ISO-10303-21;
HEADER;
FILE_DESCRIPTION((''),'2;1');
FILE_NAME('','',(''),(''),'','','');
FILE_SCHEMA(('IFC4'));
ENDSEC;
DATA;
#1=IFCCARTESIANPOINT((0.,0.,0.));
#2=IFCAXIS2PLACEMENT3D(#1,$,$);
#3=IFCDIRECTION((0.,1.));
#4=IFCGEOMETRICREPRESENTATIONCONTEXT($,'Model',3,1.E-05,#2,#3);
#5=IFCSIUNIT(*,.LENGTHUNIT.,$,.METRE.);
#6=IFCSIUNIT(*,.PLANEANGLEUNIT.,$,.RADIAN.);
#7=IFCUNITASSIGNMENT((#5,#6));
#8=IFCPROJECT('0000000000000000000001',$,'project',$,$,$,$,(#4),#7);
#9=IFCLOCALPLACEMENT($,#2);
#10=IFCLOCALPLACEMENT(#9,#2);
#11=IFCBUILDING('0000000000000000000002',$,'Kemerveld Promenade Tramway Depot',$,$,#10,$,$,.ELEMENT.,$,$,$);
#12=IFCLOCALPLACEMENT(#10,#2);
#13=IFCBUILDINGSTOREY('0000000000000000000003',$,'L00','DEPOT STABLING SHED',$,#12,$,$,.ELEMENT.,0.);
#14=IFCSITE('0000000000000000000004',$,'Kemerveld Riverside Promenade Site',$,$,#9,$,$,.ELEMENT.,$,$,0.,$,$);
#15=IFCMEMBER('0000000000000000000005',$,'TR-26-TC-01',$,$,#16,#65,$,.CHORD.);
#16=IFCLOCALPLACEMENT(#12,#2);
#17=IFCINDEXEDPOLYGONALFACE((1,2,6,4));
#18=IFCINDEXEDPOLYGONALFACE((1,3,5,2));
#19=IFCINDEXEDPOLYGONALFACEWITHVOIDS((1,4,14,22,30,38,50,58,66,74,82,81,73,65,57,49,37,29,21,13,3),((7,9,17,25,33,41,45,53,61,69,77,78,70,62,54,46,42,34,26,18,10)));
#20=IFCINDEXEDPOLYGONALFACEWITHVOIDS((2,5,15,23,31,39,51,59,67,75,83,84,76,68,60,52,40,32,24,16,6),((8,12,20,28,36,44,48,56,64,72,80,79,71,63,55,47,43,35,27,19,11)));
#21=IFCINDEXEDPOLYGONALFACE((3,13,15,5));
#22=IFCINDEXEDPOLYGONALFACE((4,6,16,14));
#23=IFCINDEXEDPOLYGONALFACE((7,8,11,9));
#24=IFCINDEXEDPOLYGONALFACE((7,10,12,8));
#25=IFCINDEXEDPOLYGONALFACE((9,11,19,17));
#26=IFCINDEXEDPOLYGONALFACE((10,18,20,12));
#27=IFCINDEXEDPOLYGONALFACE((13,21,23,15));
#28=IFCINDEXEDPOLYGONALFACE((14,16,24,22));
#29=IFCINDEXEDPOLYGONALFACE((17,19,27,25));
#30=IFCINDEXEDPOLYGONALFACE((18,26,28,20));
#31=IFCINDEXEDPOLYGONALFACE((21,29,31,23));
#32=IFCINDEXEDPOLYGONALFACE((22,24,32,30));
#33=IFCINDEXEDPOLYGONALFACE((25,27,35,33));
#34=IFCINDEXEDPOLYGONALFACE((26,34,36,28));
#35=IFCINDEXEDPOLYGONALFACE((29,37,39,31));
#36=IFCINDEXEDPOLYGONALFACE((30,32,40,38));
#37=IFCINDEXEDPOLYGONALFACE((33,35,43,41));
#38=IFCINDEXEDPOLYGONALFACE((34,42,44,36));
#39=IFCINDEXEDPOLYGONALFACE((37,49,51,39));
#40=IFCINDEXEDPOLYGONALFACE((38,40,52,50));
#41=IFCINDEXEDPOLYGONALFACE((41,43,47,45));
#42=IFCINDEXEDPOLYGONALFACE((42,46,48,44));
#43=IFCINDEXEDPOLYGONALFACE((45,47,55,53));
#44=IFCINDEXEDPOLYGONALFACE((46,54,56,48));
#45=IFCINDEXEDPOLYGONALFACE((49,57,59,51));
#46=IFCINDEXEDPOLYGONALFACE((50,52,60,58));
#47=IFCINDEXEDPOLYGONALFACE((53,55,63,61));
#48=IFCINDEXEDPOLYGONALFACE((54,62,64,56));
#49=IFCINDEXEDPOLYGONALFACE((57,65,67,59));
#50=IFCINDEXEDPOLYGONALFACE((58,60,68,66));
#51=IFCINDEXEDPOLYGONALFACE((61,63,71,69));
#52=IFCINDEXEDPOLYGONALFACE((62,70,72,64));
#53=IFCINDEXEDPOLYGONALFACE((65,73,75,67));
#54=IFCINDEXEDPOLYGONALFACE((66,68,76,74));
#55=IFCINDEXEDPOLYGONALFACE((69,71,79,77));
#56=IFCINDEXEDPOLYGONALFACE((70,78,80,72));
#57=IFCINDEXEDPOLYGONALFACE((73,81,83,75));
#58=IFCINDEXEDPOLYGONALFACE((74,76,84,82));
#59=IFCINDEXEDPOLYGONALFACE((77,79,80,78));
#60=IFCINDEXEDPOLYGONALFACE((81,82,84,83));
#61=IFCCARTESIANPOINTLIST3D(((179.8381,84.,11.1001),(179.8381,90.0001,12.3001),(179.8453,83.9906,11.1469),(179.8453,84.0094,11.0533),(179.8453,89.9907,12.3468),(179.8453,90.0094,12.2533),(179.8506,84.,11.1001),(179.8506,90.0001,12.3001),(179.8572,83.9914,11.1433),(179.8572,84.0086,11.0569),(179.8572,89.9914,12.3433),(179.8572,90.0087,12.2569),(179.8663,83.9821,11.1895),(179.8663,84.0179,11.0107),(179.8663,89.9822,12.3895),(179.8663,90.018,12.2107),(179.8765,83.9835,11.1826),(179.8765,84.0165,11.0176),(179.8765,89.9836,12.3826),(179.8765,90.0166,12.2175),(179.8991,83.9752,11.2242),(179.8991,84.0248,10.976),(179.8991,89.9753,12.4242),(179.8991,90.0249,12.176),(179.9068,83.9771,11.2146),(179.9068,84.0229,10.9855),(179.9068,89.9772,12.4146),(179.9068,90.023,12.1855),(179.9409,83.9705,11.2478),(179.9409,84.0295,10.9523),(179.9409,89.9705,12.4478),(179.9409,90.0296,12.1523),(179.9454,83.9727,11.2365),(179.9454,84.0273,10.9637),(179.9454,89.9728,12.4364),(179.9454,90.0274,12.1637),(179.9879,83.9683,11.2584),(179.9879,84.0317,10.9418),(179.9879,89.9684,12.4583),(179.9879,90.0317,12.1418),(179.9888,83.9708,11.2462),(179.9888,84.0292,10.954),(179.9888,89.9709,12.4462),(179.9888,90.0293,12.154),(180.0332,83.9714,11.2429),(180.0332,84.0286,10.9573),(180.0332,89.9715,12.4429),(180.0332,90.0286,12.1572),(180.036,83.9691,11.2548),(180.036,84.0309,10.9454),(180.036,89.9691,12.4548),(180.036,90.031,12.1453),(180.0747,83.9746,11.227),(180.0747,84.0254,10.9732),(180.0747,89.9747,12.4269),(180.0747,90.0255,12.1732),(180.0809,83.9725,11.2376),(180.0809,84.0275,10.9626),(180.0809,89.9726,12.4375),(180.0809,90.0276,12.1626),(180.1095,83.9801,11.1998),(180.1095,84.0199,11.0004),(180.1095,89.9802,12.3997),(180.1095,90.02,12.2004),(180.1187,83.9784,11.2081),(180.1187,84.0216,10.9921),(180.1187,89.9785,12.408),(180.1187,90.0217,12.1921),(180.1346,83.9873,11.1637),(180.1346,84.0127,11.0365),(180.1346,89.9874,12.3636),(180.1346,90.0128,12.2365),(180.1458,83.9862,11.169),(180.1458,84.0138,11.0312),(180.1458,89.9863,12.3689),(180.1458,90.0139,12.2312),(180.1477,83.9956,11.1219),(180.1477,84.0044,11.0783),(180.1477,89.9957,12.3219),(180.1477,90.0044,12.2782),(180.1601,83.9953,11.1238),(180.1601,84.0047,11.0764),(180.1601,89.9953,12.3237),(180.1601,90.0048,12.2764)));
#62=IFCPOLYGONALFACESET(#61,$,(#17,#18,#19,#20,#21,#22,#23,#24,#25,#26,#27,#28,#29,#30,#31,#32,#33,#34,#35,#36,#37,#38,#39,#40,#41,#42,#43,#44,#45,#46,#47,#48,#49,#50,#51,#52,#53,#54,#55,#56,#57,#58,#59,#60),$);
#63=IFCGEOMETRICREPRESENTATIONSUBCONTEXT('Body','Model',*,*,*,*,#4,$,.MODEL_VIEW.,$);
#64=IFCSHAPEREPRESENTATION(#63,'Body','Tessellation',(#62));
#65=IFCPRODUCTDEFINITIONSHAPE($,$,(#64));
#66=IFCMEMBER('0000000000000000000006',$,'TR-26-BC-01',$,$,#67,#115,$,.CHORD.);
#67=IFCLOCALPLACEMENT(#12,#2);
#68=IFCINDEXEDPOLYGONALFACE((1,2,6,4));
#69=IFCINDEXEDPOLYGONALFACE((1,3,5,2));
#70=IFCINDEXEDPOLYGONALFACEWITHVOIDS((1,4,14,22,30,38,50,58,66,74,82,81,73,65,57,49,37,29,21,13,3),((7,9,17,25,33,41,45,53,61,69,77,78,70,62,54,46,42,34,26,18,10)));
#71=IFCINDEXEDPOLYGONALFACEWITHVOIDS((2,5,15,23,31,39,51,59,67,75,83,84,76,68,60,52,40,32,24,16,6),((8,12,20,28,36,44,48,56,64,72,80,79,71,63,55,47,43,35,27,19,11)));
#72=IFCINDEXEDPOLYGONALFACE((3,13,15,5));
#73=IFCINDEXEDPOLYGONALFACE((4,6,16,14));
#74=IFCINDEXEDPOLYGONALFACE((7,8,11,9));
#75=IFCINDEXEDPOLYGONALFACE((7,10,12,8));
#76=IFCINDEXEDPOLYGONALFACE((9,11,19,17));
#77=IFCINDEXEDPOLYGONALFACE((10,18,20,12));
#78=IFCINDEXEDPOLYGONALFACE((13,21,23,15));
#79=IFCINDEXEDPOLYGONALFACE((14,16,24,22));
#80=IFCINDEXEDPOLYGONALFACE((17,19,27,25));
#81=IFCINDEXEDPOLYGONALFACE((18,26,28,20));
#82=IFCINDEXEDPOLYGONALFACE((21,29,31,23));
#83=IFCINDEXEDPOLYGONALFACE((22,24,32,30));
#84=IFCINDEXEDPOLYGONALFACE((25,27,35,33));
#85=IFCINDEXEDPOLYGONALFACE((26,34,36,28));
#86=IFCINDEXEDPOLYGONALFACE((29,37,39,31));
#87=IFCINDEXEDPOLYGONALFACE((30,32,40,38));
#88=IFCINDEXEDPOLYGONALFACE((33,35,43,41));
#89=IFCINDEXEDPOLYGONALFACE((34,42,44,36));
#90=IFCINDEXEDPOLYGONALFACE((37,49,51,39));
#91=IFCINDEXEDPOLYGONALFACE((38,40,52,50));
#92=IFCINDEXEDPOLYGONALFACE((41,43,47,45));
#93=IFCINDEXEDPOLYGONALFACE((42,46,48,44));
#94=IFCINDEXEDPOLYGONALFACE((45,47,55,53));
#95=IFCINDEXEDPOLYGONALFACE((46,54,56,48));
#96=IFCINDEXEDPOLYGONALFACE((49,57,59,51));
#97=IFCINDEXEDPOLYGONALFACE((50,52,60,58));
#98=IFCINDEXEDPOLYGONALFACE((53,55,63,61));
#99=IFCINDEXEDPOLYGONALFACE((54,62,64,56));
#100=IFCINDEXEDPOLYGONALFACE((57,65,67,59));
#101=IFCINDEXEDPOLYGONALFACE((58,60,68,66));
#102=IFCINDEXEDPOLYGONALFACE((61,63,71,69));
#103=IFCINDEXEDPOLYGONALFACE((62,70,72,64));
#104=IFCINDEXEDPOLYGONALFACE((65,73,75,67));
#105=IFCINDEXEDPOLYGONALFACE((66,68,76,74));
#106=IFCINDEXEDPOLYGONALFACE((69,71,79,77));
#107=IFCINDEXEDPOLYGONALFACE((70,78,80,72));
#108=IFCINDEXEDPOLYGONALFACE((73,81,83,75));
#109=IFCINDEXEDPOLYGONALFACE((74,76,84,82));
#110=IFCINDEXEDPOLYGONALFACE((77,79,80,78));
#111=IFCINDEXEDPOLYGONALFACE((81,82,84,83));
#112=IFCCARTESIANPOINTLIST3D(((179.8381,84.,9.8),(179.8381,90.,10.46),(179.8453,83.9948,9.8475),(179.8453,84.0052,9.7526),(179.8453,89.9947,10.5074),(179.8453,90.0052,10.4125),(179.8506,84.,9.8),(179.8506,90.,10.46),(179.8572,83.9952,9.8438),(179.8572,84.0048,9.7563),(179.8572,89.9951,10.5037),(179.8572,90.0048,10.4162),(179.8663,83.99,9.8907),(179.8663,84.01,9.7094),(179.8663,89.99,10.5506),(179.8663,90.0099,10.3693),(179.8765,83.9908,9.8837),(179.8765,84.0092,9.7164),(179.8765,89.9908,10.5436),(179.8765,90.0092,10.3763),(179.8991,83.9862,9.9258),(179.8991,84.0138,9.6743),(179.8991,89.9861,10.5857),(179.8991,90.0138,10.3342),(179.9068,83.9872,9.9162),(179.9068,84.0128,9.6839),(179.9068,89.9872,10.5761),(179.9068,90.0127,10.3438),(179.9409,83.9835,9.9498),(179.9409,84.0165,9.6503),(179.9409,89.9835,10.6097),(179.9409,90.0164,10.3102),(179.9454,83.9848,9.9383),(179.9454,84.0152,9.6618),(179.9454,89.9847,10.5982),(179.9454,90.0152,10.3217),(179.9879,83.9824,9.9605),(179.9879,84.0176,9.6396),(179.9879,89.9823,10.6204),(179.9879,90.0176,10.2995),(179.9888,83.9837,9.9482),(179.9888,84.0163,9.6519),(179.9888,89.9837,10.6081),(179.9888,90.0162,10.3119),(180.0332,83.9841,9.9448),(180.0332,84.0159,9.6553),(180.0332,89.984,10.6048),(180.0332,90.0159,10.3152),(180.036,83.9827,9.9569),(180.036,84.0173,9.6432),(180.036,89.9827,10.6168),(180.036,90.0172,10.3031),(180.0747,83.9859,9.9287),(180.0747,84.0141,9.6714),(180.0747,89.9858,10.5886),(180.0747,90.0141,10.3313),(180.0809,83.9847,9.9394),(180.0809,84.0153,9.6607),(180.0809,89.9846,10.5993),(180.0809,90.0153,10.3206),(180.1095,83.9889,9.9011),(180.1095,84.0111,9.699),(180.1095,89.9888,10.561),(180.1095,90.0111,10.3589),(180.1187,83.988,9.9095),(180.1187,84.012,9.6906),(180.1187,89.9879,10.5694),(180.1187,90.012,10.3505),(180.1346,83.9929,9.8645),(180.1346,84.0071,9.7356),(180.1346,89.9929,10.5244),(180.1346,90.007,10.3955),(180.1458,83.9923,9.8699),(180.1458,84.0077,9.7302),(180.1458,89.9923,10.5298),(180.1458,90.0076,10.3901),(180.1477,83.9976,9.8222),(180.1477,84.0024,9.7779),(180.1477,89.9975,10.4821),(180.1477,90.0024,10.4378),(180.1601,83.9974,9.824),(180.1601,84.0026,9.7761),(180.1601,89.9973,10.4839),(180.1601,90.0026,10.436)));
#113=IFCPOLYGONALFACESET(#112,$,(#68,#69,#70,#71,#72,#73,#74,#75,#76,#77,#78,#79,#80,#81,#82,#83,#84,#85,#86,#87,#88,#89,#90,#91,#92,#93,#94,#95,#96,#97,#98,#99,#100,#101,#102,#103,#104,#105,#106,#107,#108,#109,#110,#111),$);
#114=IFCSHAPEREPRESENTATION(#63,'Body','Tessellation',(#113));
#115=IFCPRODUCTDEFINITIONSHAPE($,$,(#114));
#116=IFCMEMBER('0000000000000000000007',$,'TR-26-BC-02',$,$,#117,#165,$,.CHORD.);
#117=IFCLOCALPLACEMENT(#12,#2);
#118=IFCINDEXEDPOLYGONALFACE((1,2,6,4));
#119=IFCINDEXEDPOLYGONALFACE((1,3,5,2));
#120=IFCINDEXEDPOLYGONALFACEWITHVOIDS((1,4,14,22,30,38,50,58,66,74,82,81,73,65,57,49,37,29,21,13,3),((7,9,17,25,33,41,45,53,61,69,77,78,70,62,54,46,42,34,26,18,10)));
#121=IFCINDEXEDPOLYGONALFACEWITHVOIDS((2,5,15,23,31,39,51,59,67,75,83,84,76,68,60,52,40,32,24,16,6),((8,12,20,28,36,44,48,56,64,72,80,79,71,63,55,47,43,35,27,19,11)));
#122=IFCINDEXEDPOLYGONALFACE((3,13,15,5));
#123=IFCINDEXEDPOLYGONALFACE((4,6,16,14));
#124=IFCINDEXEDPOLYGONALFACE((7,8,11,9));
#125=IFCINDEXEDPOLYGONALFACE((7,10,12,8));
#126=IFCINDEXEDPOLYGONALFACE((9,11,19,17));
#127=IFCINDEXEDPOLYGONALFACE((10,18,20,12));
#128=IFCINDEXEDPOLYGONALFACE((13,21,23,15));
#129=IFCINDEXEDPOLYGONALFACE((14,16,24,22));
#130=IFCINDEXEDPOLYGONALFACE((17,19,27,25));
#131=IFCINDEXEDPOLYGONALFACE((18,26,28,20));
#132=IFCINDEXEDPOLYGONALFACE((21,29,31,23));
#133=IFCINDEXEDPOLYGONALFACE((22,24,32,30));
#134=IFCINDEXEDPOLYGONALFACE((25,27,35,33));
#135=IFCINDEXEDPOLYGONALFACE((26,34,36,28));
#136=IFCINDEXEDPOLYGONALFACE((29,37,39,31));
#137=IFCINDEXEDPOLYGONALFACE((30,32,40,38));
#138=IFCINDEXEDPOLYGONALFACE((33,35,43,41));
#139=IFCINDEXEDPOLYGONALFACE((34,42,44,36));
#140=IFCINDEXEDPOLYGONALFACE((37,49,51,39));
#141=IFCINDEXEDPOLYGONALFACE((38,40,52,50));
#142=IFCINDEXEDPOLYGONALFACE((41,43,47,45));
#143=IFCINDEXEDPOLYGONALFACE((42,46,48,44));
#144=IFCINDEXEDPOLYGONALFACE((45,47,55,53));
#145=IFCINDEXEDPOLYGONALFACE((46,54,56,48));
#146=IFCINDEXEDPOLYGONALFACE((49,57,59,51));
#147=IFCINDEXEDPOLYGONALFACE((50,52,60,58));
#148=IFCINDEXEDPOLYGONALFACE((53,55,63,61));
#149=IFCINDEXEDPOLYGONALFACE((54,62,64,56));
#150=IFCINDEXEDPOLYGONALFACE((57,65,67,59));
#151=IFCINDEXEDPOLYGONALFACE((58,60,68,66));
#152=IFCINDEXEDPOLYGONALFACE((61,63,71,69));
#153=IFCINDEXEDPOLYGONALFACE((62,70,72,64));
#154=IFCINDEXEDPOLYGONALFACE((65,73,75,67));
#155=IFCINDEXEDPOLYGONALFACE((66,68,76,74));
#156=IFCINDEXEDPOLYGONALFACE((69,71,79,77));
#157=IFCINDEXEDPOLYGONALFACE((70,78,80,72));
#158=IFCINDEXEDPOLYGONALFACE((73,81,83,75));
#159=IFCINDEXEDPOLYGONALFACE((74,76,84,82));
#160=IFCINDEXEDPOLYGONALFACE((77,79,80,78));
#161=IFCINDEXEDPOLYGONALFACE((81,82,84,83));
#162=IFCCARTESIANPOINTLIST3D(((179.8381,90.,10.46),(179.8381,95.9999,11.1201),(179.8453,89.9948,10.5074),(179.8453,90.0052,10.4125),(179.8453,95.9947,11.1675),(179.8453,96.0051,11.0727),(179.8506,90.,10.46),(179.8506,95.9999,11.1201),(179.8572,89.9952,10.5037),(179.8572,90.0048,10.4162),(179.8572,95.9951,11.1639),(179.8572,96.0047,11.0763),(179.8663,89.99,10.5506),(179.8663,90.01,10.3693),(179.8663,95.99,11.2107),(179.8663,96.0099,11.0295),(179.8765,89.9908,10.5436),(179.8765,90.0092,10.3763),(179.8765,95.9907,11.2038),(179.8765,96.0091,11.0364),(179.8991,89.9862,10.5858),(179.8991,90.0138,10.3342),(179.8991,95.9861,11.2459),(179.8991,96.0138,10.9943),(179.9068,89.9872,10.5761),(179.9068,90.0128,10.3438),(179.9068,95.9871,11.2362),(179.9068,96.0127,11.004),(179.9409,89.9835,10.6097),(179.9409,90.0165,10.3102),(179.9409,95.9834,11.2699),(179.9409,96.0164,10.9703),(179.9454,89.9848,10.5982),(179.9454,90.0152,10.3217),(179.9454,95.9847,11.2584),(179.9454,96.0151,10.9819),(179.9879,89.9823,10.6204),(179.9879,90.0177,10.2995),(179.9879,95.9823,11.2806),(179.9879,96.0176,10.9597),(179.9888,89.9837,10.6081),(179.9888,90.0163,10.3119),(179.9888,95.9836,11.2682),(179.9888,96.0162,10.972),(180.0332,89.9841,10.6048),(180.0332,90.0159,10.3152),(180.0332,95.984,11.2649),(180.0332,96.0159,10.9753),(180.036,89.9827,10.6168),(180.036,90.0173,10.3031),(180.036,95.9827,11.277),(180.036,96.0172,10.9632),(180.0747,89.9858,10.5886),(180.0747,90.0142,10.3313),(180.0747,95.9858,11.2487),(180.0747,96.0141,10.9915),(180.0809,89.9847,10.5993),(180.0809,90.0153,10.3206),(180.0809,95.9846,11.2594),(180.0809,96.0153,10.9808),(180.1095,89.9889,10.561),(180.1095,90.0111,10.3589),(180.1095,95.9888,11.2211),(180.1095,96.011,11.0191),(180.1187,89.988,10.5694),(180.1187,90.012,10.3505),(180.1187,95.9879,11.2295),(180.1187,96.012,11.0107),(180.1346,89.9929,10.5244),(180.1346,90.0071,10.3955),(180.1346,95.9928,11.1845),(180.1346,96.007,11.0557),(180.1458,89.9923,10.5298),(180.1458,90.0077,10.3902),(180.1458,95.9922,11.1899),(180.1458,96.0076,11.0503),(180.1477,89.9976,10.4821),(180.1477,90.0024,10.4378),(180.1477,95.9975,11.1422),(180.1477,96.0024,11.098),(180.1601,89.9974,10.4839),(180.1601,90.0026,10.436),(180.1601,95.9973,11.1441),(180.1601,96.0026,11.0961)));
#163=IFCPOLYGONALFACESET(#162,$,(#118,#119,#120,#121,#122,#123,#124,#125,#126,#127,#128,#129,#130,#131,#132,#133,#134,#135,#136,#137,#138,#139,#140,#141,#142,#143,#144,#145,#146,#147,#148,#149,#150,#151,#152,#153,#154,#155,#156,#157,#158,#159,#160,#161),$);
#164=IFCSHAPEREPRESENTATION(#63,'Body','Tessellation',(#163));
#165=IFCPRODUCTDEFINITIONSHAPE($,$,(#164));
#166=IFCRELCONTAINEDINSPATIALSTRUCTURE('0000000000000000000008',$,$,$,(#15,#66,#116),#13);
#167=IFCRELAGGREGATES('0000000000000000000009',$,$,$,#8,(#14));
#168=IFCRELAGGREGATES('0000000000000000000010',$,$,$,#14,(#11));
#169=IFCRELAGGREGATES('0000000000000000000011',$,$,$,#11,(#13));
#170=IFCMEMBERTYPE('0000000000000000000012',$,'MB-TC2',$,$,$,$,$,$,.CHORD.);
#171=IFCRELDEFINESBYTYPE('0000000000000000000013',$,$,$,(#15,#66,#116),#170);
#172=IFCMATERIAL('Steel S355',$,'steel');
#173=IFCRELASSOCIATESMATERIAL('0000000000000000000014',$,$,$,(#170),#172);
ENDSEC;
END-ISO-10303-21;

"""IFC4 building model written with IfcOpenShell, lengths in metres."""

from ifc_helpers import new_model, si_unit, direction, frame, origin, origin_2d, place, context, subcontext, project, spatial, hollow_circle, extrude, material, material_profile, profile_set, type_object, element, save


model = new_model("IFC4")

# Units and contexts
model_context = context("Model", 3, precision=1e-05, world=origin(), true_north=direction((0.0, 1.0)))
body_context = subcontext(model_context, "Body", "Model", "MODEL_VIEW")
ifc_project = project(units=[si_unit("LENGTHUNIT", "METRE"), si_unit("PLANEANGLEUNIT", "RADIAN")], contexts=[model_context])

# Site, building, storey
site_placement = place(None, origin())
site = spatial("IfcSite", under=ifc_project, at=site_placement, Name="Kemerveld Riverside Promenade Site", CompositionType="ELEMENT", RefElevation=0.0)
building_placement = place(site_placement, origin())
building = spatial("IfcBuilding", under=site, at=building_placement, Name="Kemerveld Promenade Tramway Depot", CompositionType="ELEMENT")
storey_placement = place(building_placement, origin())
storey = spatial("IfcBuildingStorey", under=building, at=storey_placement, Name="L00", Description="DEPOT STABLING SHED", CompositionType="ELEMENT", Elevation=0.0)

# Shared definitions
ifc_material_1 = material(Name="Steel S355", Category="steel")

# Members
ifc_material_profile_1 = material_profile(ifc_material_1, hollow_circle(Radius=0.1619, WallThickness=0.0125, at=origin_2d()), Name="323.9x12.5 CHS")
ifc_profile_set_1 = profile_set([ifc_material_profile_1], Name="Steel S355")
member_type_1 = type_object("IfcMemberType", Name="MB-TC2", PredefinedType="CHORD", material=ifc_profile_set_1)
member_1_placement = place(storey_placement, frame((180.0, 84.0, 11.1001), z_axis=(0.0, 0.980582, 0.196108), x_axis=(-1.0, 0.0, 0.0)))
element("IfcMember", 1, at=member_1_placement, inside=storey, type_object=member_type_1, Name="TR-26-TC-01", PredefinedType="CHORD", context=body_context, shape_type="SweptSolid", body=[
    extrude(hollow_circle(Radius=0.1619, WallThickness=0.0125, at=origin_2d()), origin(), (0.0, 0.0, 1.0), 6.1189),
])
for number, where, z_axis, x_axis, name in (
    (2, (180.0, 84.0, 9.8), (0.0, 0.994006, 0.109326), (-1.0, 0.0, 0.0), "TR-26-BC-01"),
    (3, (180.0, 90.0, 10.46), (0.0, 0.994002, 0.109366), (-1.0, 0.0, 0.0), "TR-26-BC-02"),
):
    element("IfcMember", number, at=place(storey_placement, frame(where, z_axis=z_axis, x_axis=x_axis)), inside=storey, type_object=member_type_1, Name=name, PredefinedType="CHORD", context=body_context, shape_type="SweptSolid", body=[
        extrude(hollow_circle(Radius=0.1619, WallThickness=0.0125, at=origin_2d()), origin(), (0.0, 0.0, 1.0), 6.0361),
    ])

save(model, "model.ifc")
